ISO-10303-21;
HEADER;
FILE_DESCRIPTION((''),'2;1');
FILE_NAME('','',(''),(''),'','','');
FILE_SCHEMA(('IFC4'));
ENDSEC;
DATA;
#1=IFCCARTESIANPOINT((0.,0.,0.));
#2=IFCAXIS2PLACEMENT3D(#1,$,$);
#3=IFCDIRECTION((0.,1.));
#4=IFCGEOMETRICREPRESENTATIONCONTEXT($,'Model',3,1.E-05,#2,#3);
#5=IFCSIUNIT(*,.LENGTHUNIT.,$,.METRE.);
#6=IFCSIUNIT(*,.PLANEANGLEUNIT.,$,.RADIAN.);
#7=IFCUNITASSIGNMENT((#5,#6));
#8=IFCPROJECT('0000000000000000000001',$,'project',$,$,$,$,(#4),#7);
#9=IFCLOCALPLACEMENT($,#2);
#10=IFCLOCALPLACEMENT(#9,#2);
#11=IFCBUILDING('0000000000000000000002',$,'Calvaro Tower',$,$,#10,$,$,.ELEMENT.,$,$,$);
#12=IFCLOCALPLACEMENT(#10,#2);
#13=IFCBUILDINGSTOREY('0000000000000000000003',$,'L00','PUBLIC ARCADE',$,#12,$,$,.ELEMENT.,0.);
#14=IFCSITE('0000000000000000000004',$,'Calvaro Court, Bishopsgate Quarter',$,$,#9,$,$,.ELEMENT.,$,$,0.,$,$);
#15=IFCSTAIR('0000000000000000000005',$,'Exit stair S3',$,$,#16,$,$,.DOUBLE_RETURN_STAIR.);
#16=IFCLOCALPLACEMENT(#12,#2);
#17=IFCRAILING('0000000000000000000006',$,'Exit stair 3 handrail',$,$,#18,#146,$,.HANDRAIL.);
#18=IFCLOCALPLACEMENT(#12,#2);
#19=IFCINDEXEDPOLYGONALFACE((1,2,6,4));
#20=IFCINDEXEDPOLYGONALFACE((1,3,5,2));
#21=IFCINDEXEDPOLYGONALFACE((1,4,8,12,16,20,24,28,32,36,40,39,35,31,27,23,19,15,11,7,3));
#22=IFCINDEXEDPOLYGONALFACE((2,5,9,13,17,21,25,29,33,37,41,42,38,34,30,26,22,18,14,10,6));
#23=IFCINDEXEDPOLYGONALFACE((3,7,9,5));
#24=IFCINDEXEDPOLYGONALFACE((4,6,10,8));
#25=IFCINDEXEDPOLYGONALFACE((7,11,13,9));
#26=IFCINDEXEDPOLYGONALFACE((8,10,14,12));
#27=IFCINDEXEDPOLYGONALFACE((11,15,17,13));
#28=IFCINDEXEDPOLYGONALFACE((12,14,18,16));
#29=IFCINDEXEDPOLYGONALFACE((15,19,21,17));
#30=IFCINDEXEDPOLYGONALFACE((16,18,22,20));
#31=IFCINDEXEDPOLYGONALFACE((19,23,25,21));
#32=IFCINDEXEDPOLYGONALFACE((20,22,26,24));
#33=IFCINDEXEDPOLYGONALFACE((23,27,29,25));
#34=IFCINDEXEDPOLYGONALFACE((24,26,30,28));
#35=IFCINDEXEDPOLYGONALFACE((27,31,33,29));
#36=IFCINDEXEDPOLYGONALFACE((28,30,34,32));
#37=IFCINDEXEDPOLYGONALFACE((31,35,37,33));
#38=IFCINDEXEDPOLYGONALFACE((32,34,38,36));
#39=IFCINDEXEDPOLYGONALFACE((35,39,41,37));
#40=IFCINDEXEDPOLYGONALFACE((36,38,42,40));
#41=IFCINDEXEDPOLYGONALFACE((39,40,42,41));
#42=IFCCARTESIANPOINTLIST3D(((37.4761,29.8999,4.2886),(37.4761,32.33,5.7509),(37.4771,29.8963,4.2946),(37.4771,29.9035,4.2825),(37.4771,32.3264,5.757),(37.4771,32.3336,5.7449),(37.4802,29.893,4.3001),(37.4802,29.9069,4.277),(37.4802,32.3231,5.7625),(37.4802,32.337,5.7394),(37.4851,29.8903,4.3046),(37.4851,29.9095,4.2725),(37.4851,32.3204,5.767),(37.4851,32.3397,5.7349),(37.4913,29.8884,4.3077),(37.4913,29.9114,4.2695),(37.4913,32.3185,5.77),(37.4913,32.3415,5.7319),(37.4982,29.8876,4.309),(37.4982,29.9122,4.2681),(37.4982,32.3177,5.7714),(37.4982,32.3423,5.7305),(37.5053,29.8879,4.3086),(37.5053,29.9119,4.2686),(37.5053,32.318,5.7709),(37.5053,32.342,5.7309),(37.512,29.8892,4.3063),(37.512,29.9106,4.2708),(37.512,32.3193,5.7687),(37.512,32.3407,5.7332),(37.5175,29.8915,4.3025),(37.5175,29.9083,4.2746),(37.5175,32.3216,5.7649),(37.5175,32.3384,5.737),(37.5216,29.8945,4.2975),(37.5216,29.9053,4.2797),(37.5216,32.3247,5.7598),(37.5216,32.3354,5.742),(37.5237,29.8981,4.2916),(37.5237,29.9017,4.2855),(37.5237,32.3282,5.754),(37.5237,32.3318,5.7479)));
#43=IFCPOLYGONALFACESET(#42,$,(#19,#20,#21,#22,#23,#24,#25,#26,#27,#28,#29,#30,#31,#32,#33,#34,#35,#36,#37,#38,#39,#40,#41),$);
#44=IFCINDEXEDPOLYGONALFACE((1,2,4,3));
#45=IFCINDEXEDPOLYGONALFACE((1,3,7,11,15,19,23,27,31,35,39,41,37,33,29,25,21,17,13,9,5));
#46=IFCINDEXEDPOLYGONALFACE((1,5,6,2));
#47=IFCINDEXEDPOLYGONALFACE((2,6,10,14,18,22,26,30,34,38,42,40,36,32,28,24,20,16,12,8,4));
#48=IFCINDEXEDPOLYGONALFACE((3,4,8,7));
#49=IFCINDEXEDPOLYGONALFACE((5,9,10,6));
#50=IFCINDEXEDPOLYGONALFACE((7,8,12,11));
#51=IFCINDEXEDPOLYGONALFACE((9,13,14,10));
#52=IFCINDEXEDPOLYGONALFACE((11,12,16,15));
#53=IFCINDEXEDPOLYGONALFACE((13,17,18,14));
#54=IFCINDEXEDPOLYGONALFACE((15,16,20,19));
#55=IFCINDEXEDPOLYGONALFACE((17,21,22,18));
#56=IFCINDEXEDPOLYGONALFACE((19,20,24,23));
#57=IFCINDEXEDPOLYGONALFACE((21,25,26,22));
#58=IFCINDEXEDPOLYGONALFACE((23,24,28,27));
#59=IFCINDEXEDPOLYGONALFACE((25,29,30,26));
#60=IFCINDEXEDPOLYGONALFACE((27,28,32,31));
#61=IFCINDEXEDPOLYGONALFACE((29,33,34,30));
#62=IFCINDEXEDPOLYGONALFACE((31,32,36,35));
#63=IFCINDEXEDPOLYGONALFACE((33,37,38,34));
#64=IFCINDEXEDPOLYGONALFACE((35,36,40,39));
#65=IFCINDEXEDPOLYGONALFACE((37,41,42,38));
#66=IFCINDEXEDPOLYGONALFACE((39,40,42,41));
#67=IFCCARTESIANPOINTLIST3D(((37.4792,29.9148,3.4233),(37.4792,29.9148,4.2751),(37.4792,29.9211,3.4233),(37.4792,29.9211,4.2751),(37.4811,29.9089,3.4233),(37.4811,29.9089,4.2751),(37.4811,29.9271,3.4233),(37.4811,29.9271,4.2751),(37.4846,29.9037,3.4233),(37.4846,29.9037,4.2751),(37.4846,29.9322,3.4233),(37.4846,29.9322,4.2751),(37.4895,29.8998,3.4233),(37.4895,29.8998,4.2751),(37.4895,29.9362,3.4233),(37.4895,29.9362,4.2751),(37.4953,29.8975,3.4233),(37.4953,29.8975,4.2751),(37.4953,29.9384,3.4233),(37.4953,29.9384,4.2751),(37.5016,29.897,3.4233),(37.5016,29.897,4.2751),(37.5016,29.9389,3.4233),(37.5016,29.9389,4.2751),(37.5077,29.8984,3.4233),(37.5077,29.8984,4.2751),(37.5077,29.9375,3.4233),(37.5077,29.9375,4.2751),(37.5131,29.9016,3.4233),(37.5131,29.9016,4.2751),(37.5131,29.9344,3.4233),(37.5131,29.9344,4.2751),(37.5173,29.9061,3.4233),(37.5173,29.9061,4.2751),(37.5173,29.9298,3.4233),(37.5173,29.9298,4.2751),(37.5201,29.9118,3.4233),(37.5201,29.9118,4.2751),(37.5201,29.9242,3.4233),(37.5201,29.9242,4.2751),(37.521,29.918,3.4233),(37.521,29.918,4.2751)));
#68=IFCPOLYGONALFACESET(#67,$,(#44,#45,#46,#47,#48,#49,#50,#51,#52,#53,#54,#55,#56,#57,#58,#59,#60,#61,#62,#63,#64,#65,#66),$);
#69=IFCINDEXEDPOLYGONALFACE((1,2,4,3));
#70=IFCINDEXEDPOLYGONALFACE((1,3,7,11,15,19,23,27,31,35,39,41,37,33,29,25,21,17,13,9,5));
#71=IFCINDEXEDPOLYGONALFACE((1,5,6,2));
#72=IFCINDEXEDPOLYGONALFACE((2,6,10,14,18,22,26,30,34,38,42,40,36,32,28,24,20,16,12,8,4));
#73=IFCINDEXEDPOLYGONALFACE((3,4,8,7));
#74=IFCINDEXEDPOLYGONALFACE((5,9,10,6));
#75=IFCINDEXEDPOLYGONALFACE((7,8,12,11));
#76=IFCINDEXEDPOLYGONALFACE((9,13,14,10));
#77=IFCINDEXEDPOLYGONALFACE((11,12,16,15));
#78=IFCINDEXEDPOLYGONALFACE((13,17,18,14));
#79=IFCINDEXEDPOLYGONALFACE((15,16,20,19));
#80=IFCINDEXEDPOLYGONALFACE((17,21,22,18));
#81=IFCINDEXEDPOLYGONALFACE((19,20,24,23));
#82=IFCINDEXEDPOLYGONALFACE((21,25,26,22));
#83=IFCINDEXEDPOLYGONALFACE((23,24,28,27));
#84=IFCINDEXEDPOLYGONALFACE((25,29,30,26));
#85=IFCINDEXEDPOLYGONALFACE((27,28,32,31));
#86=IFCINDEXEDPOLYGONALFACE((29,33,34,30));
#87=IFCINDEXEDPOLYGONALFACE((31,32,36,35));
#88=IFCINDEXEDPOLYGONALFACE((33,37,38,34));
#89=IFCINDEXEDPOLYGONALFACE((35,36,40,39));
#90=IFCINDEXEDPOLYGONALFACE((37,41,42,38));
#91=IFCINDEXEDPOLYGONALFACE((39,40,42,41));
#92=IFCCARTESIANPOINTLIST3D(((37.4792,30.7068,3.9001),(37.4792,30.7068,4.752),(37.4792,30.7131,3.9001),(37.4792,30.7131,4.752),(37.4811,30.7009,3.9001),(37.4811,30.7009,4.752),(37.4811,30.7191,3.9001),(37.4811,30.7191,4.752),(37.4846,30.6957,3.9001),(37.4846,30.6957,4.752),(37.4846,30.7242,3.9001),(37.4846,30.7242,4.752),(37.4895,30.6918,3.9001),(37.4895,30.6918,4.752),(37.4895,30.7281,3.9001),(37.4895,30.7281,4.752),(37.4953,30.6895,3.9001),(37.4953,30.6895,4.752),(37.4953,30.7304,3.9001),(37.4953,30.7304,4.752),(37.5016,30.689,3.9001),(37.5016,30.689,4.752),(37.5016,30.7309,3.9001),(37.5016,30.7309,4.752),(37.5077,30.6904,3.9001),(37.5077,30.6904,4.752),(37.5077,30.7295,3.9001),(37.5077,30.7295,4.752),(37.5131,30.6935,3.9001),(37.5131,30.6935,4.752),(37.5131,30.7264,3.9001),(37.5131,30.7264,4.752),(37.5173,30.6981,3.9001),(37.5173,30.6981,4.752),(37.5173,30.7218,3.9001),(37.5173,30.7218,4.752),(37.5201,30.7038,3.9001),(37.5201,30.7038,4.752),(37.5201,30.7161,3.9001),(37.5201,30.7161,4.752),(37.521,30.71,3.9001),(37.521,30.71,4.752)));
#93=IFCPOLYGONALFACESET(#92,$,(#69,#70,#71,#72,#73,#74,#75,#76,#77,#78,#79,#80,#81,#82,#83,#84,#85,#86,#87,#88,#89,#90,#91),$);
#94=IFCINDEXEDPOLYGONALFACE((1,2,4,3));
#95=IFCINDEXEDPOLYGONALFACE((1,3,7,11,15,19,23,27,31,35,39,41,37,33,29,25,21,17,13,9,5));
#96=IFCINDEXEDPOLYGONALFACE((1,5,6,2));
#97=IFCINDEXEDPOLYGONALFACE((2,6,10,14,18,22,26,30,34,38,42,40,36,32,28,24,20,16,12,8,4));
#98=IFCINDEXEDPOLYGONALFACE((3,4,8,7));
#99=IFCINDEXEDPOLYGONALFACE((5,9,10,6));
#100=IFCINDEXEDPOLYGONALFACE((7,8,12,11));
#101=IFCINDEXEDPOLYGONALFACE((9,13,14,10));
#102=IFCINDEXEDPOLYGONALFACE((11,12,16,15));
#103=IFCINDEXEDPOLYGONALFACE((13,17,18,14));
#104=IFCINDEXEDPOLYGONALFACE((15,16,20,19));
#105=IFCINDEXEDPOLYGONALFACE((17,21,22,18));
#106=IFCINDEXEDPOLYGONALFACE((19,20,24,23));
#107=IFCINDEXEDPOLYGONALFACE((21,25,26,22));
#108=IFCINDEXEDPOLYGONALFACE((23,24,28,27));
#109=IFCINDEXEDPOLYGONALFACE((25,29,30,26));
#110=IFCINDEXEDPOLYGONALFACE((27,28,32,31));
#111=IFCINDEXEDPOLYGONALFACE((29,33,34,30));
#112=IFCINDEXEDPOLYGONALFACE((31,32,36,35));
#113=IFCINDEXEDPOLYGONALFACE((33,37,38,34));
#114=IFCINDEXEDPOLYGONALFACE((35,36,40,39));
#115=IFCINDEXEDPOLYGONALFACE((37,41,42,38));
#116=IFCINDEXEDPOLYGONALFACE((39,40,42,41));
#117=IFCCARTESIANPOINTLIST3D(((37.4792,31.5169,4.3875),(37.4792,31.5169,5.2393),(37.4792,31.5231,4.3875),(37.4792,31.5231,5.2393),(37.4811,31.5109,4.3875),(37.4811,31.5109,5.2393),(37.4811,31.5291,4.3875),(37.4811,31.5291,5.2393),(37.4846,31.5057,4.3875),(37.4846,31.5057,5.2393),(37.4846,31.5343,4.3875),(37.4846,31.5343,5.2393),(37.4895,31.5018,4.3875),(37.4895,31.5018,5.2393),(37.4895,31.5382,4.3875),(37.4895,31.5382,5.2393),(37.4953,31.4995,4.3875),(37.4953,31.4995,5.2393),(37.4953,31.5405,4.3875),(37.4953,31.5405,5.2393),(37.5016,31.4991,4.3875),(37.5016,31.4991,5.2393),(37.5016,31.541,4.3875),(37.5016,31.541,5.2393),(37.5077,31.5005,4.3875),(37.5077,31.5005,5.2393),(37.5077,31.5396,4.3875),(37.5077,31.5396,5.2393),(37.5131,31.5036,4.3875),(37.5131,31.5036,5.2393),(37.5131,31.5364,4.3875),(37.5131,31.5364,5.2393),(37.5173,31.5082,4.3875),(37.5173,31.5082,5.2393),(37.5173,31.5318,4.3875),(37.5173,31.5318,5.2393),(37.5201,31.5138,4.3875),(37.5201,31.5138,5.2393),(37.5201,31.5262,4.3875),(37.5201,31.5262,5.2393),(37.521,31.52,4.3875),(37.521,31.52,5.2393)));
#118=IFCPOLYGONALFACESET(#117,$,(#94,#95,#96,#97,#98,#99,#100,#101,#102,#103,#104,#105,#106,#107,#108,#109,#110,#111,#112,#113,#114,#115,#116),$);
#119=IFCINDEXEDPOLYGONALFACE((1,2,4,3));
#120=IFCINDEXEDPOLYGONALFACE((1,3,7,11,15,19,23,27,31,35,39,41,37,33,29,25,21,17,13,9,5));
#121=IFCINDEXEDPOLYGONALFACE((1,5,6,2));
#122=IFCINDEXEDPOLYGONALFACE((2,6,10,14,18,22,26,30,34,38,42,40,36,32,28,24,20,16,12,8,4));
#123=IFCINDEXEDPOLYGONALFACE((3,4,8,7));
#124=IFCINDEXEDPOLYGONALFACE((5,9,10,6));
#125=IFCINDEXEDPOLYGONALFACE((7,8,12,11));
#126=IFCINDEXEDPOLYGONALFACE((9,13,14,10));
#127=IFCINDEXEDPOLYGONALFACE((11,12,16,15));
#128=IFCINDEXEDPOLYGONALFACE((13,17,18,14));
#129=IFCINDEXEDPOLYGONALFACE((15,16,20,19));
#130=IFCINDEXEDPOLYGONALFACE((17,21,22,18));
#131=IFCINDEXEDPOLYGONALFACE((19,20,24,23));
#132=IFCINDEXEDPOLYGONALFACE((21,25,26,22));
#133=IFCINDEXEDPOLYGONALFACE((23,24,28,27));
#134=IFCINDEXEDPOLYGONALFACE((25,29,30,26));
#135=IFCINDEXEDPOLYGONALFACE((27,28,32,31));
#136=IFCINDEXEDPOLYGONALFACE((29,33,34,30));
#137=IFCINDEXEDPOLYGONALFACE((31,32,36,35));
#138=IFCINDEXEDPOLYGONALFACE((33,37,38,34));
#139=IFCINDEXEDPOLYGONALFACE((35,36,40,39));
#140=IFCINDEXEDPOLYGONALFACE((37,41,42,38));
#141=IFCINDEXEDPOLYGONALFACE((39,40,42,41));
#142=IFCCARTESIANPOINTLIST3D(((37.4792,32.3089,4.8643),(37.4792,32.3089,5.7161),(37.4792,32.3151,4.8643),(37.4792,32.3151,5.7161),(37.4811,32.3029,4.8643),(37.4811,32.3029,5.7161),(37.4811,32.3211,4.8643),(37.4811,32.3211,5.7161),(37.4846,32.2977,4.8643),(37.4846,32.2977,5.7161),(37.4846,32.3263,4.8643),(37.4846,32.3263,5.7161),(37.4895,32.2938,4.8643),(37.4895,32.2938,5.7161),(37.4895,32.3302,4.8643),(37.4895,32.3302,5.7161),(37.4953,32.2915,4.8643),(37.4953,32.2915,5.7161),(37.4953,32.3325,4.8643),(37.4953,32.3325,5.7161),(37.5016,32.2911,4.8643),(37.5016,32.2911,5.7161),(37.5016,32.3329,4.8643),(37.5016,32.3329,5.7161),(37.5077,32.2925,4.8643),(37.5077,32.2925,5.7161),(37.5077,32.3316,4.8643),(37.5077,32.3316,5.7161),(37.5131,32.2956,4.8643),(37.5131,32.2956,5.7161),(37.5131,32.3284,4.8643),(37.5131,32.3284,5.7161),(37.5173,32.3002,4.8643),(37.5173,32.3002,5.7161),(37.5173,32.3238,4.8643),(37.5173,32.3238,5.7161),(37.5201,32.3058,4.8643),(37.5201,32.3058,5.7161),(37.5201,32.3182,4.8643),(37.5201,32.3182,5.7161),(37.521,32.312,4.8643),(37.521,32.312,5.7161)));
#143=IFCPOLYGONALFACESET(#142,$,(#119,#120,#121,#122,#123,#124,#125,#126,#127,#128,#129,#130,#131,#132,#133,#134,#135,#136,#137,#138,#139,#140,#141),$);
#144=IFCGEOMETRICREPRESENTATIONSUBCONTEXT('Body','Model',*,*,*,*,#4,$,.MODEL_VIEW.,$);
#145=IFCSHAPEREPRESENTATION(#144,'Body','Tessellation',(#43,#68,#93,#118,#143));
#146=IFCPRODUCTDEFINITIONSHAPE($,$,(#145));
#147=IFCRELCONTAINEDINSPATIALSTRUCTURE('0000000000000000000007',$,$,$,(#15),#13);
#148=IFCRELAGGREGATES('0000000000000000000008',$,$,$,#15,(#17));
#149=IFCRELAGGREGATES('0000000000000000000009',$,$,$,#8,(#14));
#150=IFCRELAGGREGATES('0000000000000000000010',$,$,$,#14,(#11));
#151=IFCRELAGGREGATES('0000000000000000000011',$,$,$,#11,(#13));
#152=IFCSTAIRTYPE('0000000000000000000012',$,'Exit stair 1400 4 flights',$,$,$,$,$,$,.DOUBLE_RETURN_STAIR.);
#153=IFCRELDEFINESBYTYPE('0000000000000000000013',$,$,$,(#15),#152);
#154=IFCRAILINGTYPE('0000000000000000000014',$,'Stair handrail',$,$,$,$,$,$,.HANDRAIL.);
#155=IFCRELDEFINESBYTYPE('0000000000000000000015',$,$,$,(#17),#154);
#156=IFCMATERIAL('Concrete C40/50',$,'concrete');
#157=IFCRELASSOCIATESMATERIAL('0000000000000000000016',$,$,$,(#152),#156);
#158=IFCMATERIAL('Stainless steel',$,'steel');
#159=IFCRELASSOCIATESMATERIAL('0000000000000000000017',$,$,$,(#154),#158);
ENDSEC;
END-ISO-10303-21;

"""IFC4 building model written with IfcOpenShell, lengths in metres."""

from ifc_helpers import new_model, si_unit, direction, frame, origin, origin_2d, place, context, subcontext, project, spatial, circle, extrude, material, type_object, element, aggregate, save


model = new_model("IFC4")

# Units and contexts
model_context = context("Model", 3, precision=1e-05, world=origin(), true_north=direction((0.0, 1.0)))
body_context = subcontext(model_context, "Body", "Model", "MODEL_VIEW")
ifc_project = project(units=[si_unit("LENGTHUNIT", "METRE"), si_unit("PLANEANGLEUNIT", "RADIAN")], contexts=[model_context])

# Site, building, storey
site_placement = place(None, origin())
site = spatial("IfcSite", under=ifc_project, at=site_placement, Name="Calvaro Court, Bishopsgate Quarter", CompositionType="ELEMENT", RefElevation=0.0)
building_placement = place(site_placement, origin())
building = spatial("IfcBuilding", under=site, at=building_placement, Name="Calvaro Tower", CompositionType="ELEMENT")
storey_placement = place(building_placement, origin())
storey = spatial("IfcBuildingStorey", under=building, at=storey_placement, Name="L00", Description="PUBLIC ARCADE", CompositionType="ELEMENT", Elevation=0.0)

# Stair
ifc_material_1 = material(Name="Concrete C40/50", Category="concrete")
stair_type = type_object("IfcStairType", Name="Exit stair 1400 4 flights", PredefinedType="DOUBLE_RETURN_STAIR", material=ifc_material_1)
stair_1_placement = place(storey_placement, origin())
stair_1 = element("IfcStair", 1, at=stair_1_placement, inside=storey, type_object=stair_type, Name="Exit stair S3", PredefinedType="DOUBLE_RETURN_STAIR")

# Railing
ifc_material_2 = material(Name="Stainless steel", Category="steel")
railing_type = type_object("IfcRailingType", Name="Stair handrail", PredefinedType="HANDRAIL", material=ifc_material_2)
railing_1_placement = place(storey_placement, frame((37.5, 29.8999, 3.4126)))
railing_1 = element("IfcRailing", 2, at=railing_1_placement, type_object=railing_type, Name="Exit stair 3 handrail", PredefinedType="HANDRAIL", context=body_context, shape_type="SweptSolid", body=[
    extrude(circle(Radius=0.0239, at=origin_2d()), frame((0.0, 0.0, 0.876), z_axis=(0.0, 0.856824, 0.515609), x_axis=(-1.0, 0.0, 0.0)), (0.0, 0.0, 1.0), 2.8362),
    extrude(circle(Radius=0.021, at=origin_2d()), frame((0.0, 0.0181, 0.0107)), (0.0, 0.0, 1.0), 0.8518),
    extrude(circle(Radius=0.021, at=origin_2d()), frame((0.0, 0.8101, 0.4875)), (0.0, 0.0, 1.0), 0.8518),
    extrude(circle(Radius=0.021, at=origin_2d()), frame((0.0, 1.6201, 0.9749)), (0.0, 0.0, 1.0), 0.8518),
    extrude(circle(Radius=0.021, at=origin_2d()), frame((0.0, 2.4121, 1.4517)), (0.0, 0.0, 1.0), 0.8518),
])
aggregate(stair_1, [railing_1])

save(model, "model.ifc")
